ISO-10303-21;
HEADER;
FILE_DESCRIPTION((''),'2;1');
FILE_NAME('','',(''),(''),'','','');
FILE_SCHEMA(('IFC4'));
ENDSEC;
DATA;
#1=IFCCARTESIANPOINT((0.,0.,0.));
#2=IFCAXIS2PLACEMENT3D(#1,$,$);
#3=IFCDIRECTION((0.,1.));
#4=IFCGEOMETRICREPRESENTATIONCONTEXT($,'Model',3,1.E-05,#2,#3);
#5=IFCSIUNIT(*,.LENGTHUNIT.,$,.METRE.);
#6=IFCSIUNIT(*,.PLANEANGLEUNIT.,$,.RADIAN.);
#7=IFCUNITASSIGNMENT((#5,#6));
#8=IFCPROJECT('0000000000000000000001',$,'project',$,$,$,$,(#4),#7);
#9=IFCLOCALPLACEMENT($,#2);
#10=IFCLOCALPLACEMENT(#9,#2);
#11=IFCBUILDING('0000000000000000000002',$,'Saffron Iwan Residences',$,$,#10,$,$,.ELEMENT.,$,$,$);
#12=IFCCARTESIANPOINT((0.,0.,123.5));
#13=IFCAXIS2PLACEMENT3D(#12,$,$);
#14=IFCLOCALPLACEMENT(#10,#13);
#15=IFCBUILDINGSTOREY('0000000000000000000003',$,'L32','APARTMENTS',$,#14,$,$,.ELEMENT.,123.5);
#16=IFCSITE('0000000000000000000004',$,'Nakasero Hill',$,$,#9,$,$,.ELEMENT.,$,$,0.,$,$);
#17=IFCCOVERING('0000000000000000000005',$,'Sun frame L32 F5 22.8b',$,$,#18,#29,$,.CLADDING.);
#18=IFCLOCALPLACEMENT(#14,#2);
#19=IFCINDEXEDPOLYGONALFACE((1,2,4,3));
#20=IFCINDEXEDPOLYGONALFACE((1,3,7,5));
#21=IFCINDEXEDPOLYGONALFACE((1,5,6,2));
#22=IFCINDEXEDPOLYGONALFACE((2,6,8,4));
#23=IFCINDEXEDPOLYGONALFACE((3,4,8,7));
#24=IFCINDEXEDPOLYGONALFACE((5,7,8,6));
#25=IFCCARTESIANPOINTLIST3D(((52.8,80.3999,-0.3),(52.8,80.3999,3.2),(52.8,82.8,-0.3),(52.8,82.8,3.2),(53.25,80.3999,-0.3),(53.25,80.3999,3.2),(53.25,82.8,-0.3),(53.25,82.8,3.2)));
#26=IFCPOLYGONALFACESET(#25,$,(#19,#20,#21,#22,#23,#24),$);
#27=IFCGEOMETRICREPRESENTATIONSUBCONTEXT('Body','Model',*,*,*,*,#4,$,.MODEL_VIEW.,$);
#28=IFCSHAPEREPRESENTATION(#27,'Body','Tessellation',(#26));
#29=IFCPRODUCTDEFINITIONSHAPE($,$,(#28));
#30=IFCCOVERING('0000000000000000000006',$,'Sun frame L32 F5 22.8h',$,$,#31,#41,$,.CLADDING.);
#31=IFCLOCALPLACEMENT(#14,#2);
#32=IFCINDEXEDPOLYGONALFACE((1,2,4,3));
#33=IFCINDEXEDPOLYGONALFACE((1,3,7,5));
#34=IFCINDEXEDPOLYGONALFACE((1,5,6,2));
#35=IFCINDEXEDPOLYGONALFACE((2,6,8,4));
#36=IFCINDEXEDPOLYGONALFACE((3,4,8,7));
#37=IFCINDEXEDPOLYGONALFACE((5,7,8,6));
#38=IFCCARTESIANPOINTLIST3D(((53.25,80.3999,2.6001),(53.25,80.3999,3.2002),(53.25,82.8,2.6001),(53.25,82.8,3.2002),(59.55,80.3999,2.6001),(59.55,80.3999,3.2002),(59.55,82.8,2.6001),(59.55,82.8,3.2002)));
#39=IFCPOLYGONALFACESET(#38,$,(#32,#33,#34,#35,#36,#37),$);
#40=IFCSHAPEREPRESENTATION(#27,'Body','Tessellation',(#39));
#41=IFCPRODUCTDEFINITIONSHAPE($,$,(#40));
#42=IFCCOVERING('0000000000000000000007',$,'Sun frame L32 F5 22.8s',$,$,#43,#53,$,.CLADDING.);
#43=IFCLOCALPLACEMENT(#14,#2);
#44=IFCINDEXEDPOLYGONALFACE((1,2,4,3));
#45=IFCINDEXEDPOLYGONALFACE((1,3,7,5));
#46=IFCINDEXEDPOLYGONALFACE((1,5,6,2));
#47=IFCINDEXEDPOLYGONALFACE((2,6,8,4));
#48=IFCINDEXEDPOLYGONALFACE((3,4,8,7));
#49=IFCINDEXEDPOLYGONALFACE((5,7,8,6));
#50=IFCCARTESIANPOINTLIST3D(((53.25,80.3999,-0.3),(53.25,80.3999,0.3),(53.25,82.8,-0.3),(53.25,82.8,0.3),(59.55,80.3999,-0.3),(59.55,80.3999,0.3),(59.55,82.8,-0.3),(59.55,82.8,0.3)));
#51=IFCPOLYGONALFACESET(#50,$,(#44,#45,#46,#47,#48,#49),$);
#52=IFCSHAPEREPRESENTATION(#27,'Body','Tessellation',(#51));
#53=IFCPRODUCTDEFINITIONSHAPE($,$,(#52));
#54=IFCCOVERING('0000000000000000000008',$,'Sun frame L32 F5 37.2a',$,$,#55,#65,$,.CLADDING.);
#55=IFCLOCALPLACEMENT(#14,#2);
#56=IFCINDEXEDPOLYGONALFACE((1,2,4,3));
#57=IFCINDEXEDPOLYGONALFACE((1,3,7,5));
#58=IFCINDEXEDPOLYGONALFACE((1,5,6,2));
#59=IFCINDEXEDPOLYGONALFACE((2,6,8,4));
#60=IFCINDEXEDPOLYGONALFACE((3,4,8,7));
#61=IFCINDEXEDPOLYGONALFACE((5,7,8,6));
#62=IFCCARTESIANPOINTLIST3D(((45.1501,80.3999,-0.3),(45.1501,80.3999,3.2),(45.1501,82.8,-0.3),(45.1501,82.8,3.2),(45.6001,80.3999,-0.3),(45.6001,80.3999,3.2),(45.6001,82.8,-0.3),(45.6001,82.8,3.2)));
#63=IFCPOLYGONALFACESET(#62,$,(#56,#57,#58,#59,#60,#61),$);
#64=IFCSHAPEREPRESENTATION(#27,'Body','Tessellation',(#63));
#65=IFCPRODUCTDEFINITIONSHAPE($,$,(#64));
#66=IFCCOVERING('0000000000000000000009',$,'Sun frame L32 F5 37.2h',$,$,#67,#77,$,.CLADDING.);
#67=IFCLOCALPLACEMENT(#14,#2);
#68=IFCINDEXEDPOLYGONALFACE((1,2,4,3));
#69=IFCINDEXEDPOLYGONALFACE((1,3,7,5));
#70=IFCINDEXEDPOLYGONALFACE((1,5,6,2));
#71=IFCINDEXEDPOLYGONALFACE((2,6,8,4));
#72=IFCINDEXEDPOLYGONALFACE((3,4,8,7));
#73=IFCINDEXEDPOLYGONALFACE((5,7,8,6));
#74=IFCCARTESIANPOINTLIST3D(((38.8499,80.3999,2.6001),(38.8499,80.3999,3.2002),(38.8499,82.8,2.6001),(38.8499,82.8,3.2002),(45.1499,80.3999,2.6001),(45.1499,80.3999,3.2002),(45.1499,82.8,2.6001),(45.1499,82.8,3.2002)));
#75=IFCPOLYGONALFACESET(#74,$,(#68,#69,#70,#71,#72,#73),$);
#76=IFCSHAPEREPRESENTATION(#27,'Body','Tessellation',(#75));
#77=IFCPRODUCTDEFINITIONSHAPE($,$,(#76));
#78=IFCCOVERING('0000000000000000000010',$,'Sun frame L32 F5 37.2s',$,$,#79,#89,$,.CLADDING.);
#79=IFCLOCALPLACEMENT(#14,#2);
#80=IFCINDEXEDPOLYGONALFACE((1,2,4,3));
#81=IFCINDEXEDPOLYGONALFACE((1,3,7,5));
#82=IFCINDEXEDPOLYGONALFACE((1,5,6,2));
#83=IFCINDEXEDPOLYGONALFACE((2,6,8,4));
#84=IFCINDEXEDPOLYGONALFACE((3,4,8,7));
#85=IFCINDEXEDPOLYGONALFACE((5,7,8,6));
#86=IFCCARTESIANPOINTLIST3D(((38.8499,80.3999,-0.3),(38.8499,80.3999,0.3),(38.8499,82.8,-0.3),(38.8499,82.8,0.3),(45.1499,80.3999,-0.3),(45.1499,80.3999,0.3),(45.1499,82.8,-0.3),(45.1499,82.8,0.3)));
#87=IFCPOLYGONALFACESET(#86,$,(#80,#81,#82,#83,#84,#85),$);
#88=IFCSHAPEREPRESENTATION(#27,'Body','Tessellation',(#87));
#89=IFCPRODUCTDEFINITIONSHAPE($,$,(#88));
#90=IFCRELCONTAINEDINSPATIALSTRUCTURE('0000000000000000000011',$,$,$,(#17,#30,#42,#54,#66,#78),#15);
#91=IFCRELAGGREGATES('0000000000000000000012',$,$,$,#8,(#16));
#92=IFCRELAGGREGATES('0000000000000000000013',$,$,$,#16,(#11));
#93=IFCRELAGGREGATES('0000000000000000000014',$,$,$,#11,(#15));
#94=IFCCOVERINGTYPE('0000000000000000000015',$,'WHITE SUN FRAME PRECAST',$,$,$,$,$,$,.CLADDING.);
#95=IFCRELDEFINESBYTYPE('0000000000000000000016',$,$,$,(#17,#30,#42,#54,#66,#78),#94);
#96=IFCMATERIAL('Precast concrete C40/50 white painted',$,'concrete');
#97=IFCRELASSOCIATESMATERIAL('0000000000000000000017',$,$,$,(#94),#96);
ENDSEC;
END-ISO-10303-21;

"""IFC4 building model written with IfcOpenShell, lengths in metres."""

from ifc_helpers import new_model, si_unit, direction, frame, origin, place, context, subcontext, project, spatial, polyline, outline, extrude, material, type_object, element, save


model = new_model("IFC4")

# Units and contexts
model_context = context("Model", 3, precision=1e-05, world=origin(), true_north=direction((0.0, 1.0)))
body_context = subcontext(model_context, "Body", "Model", "MODEL_VIEW")
ifc_project = project(units=[si_unit("LENGTHUNIT", "METRE"), si_unit("PLANEANGLEUNIT", "RADIAN")], contexts=[model_context])

# Site, building, storey
site_placement = place(None, origin())
site = spatial("IfcSite", under=ifc_project, at=site_placement, Name="Nakasero Hill", CompositionType="ELEMENT", RefElevation=0.0)
building_placement = place(site_placement, origin())
building = spatial("IfcBuilding", under=site, at=building_placement, Name="Saffron Iwan Residences", CompositionType="ELEMENT")
storey_placement = place(building_placement, frame((0.0, 0.0, 123.5)))
storey = spatial("IfcBuildingStorey", under=building, at=storey_placement, Name="L32", Description="APARTMENTS", CompositionType="ELEMENT", Elevation=123.5)

# Coverings
ifc_material_1 = material(Name="Precast concrete C40/50 white painted", Category="concrete")
covering_type_1 = type_object("IfcCoveringType", Name="WHITE SUN FRAME PRECAST", PredefinedType="CLADDING", material=ifc_material_1)
for number, where, z_axis, x_axis, name in (
    (1, (53.25, 80.3999, -0.3), (0.0, 1.0, 0.0), (-1.0, 0.0, 0.0), "Sun frame L32 F5 22.8b"),
):
    element("IfcCovering", number, at=place(storey_placement, frame(where, z_axis=z_axis, x_axis=x_axis)), inside=storey, type_object=covering_type_1, Name=name, PredefinedType="CLADDING", context=body_context, shape_type="SweptSolid", body=[
        extrude(outline(polyline([(0.0, 0.0), (0.45, 0.0), (0.45, 3.5), (0.0, 3.5), (0.0, 0.0)])), origin(), (0.0, 0.0, 1.0), 2.4001),
    ])
for number, where, z_axis, x_axis, name in (
    (2, (59.55, 80.3999, 2.6001), (0.0, 1.0, 0.0), (-1.0, 0.0, 0.0), "Sun frame L32 F5 22.8h"),
    (3, (59.55, 80.3999, -0.3), (0.0, 1.0, 0.0), (-1.0, 0.0, 0.0), "Sun frame L32 F5 22.8s"),
):
    element("IfcCovering", number, at=place(storey_placement, frame(where, z_axis=z_axis, x_axis=x_axis)), inside=storey, type_object=covering_type_1, Name=name, PredefinedType="CLADDING", context=body_context, shape_type="SweptSolid", body=[
        extrude(outline(polyline([(0.0, 0.0), (6.3, 0.0), (6.3, 0.6001), (0.0, 0.6001), (0.0, 0.0)])), origin(), (0.0, 0.0, 1.0), 2.4001),
    ])
covering_placement = place(storey_placement, frame((45.6001, 80.3999, -0.3), z_axis=(0.0, 1.0, 0.0), x_axis=(-1.0, 0.0, 0.0)))
element("IfcCovering", 4, at=covering_placement, inside=storey, type_object=covering_type_1, Name="Sun frame L32 F5 37.2a", PredefinedType="CLADDING", context=body_context, shape_type="SweptSolid", body=[
    extrude(outline(polyline([(0.0, 0.0), (0.45, 0.0), (0.45, 3.5), (0.0, 3.5), (0.0, 0.0)])), origin(), (0.0, 0.0, 1.0), 2.4001),
])
for number, where, z_axis, x_axis, name in (
    (5, (45.1499, 80.3999, 2.6001), (0.0, 1.0, 0.0), (-1.0, 0.0, 0.0), "Sun frame L32 F5 37.2h"),
    (6, (45.1499, 80.3999, -0.3), (0.0, 1.0, 0.0), (-1.0, 0.0, 0.0), "Sun frame L32 F5 37.2s"),
):
    element("IfcCovering", number, at=place(storey_placement, frame(where, z_axis=z_axis, x_axis=x_axis)), inside=storey, type_object=covering_type_1, Name=name, PredefinedType="CLADDING", context=body_context, shape_type="SweptSolid", body=[
        extrude(outline(polyline([(0.0, 0.0), (6.3, 0.0), (6.3, 0.6001), (0.0, 0.6001), (0.0, 0.0)])), origin(), (0.0, 0.0, 1.0), 2.4001),
    ])

save(model, "model.ifc")
